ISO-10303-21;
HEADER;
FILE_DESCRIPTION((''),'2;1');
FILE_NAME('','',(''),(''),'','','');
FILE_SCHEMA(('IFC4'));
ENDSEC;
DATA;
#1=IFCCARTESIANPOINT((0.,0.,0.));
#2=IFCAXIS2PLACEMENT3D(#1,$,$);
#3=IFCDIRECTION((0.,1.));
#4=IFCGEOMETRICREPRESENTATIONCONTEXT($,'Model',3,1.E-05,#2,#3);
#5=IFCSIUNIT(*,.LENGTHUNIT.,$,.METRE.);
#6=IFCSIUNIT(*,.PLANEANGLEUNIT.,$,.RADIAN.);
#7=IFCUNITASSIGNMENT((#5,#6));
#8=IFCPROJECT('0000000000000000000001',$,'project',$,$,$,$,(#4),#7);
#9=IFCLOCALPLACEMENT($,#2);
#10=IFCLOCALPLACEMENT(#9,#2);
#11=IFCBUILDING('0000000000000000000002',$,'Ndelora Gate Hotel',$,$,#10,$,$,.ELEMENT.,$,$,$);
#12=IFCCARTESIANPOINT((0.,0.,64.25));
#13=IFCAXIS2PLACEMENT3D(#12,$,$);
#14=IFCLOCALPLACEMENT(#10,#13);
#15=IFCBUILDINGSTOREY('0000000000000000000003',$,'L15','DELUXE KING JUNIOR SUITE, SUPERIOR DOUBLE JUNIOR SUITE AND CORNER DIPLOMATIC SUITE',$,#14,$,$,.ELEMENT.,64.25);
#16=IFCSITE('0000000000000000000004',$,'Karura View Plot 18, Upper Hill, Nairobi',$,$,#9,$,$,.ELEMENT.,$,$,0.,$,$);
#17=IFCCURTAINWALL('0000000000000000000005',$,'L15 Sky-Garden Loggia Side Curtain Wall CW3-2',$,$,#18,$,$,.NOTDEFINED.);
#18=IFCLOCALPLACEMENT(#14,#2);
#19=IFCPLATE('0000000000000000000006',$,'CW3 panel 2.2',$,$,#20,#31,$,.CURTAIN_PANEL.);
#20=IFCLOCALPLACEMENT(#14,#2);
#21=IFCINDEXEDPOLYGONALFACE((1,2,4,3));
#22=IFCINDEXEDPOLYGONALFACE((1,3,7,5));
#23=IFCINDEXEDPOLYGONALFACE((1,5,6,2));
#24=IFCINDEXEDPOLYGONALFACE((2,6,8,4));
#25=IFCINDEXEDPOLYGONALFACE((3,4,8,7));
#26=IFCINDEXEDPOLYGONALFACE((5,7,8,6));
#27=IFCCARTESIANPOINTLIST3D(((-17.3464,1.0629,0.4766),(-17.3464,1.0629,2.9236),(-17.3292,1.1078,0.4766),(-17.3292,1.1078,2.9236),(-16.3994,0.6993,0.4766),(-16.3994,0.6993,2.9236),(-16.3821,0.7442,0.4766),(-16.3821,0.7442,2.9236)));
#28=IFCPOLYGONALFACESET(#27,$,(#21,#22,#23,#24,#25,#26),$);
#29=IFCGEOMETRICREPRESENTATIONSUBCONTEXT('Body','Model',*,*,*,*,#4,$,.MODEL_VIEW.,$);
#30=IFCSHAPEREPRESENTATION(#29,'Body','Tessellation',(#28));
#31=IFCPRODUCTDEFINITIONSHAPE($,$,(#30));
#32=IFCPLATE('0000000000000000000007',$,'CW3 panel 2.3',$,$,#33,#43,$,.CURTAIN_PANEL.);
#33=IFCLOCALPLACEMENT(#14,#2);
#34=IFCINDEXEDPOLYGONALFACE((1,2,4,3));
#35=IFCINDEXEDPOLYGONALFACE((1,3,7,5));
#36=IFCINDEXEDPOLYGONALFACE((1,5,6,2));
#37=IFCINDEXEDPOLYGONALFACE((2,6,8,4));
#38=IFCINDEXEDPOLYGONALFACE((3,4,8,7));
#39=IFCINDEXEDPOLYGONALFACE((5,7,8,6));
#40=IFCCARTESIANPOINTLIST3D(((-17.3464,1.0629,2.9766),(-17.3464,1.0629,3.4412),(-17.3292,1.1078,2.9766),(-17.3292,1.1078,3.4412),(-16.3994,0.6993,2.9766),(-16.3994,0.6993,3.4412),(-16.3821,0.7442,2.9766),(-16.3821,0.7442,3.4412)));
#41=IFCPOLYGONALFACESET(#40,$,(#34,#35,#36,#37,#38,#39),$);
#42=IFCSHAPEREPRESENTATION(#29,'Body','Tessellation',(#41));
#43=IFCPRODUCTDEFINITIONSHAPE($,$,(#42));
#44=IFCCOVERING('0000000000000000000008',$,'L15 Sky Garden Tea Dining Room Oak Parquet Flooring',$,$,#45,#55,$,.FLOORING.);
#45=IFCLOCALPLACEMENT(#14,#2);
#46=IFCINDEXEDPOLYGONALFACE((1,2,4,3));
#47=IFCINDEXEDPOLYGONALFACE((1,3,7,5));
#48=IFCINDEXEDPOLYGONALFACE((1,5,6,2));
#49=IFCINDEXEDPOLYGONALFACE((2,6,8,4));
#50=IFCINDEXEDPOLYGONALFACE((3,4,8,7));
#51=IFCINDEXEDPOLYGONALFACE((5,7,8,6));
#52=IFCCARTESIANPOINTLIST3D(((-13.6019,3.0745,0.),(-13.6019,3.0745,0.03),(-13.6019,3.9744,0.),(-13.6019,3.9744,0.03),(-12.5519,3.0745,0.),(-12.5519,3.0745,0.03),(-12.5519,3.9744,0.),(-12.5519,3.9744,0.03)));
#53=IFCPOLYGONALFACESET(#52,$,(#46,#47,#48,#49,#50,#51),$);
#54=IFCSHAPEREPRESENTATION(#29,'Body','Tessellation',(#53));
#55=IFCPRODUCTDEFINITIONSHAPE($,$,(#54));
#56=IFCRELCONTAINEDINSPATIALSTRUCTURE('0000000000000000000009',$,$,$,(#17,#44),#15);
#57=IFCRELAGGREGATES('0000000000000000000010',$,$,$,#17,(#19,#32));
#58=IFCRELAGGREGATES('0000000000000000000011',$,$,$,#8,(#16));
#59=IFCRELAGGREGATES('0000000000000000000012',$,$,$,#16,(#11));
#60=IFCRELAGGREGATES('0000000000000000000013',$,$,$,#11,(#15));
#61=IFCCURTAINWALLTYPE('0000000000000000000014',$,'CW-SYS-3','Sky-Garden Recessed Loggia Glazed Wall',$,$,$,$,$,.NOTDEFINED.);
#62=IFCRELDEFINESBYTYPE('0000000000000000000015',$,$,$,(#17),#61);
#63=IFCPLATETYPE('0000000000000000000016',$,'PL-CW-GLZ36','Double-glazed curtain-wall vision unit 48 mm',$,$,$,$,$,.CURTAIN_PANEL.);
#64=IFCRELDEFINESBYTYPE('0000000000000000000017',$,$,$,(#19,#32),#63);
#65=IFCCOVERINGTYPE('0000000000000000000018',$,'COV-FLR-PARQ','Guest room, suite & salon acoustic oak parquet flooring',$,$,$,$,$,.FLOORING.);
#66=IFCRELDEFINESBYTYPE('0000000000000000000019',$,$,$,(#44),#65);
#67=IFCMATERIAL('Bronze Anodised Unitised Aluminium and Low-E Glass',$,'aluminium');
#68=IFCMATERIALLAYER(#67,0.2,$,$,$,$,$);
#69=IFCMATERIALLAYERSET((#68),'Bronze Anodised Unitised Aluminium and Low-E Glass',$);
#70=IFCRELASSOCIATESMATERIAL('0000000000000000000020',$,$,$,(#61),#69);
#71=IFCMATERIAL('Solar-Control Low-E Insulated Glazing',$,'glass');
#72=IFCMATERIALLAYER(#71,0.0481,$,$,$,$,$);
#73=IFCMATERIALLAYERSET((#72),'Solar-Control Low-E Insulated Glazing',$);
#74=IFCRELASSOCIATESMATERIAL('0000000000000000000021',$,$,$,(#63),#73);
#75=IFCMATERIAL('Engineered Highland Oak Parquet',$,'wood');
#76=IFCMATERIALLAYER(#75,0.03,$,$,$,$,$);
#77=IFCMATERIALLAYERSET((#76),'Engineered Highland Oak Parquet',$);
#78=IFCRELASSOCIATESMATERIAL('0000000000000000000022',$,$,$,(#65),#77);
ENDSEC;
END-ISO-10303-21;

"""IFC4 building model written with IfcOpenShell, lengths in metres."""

from ifc_helpers import new_model, si_unit, direction, frame, origin, origin_2d, place, context, subcontext, project, spatial, rectangle, extrude, material, layer, layer_set, type_object, element, aggregate, save


model = new_model("IFC4")

# Units and contexts
model_context = context("Model", 3, precision=1e-05, world=origin(), true_north=direction((0.0, 1.0)))
body_context = subcontext(model_context, "Body", "Model", "MODEL_VIEW")
ifc_project = project(units=[si_unit("LENGTHUNIT", "METRE"), si_unit("PLANEANGLEUNIT", "RADIAN")], contexts=[model_context])

# Site, building, storey
site_placement = place(None, origin())
site = spatial("IfcSite", under=ifc_project, at=site_placement, Name="Karura View Plot 18, Upper Hill, Nairobi", CompositionType="ELEMENT", RefElevation=0.0)
building_placement = place(site_placement, origin())
building = spatial("IfcBuilding", under=site, at=building_placement, Name="Ndelora Gate Hotel", CompositionType="ELEMENT")
storey_placement = place(building_placement, frame((0.0, 0.0, 64.25)))
storey = spatial("IfcBuildingStorey", under=building, at=storey_placement, Name="L15", Description="DELUXE KING JUNIOR SUITE, SUPERIOR DOUBLE JUNIOR SUITE AND CORNER DIPLOMATIC SUITE", CompositionType="ELEMENT", Elevation=64.25)

# Curtain wall, plates
ifc_material_1 = material(Name="Bronze Anodised Unitised Aluminium and Low-E Glass", Category="aluminium")
ifc_layer_1 = layer(ifc_material_1, 0.2)
ifc_layer_set_1 = layer_set([ifc_layer_1], Name="Bronze Anodised Unitised Aluminium and Low-E Glass")
curtain_wall_type = type_object("IfcCurtainWallType", Name="CW-SYS-3", Description="Sky-Garden Recessed Loggia Glazed Wall", PredefinedType="NOTDEFINED", material=ifc_layer_set_1)
curtain_wall_placement = place(storey_placement, origin())
curtain_wall = element("IfcCurtainWall", 1, at=curtain_wall_placement, inside=storey, type_object=curtain_wall_type, Name="L15 Sky-Garden Loggia Side Curtain Wall CW3-2", PredefinedType="NOTDEFINED")
ifc_material_2 = material(Name="Solar-Control Low-E Insulated Glazing", Category="glass")
ifc_layer_2 = layer(ifc_material_2, 0.0481)
ifc_layer_set_2 = layer_set([ifc_layer_2], Name="Solar-Control Low-E Insulated Glazing")
plate_type = type_object("IfcPlateType", Name="PL-CW-GLZ36", Description="Double-glazed curtain-wall vision unit 48 mm", PredefinedType="CURTAIN_PANEL", material=ifc_layer_set_2)
plate_1_placement = place(storey_placement, frame((-16.8643, 0.9036, 0.4766), z_axis=(0.0, 0.0, 1.0), x_axis=(0.933577, -0.358376, 0.0)))
plate_1 = element("IfcPlate", 2, at=plate_1_placement, type_object=plate_type, Name="CW3 panel 2.2", PredefinedType="CURTAIN_PANEL", context=body_context, shape_type="SweptSolid", body=[
    extrude(rectangle(XDim=1.0144, YDim=0.0481, at=origin_2d()), origin(), (0.0, 0.0, 1.0), 2.447),
])
plate_2_placement = place(storey_placement, frame((-16.8643, 0.9036, 2.9766), z_axis=(0.0, 0.0, 1.0), x_axis=(0.933577, -0.358376, 0.0)))
plate_2 = element("IfcPlate", 3, at=plate_2_placement, type_object=plate_type, Name="CW3 panel 2.3", PredefinedType="CURTAIN_PANEL", context=body_context, shape_type="SweptSolid", body=[
    extrude(rectangle(XDim=1.0144, YDim=0.0481, at=origin_2d()), origin(), (0.0, 0.0, 1.0), 0.4646),
])
aggregate(curtain_wall, [plate_1, plate_2])

# Covering
ifc_material_3 = material(Name="Engineered Highland Oak Parquet", Category="wood")
ifc_layer_3 = layer(ifc_material_3, 0.03)
ifc_layer_set_3 = layer_set([ifc_layer_3], Name="Engineered Highland Oak Parquet")
covering_type = type_object("IfcCoveringType", Name="COV-FLR-PARQ", Description="Guest room, suite & salon acoustic oak parquet flooring", PredefinedType="FLOORING", material=ifc_layer_set_3)
covering_placement = place(storey_placement, frame((-13.0769, 3.5244, 0.0), z_axis=(0.0, 0.0, 1.0), x_axis=(1.0, 0.0, 0.0)))
element("IfcCovering", 4, at=covering_placement, inside=storey, type_object=covering_type, Name="L15 Sky Garden Tea Dining Room Oak Parquet Flooring", PredefinedType="FLOORING", context=body_context, shape_type="SweptSolid", body=[
    extrude(rectangle(XDim=1.05, YDim=0.8999, at=origin_2d()), origin(), (0.0, 0.0, 1.0), 0.03),
])

save(model, "model.ifc")
